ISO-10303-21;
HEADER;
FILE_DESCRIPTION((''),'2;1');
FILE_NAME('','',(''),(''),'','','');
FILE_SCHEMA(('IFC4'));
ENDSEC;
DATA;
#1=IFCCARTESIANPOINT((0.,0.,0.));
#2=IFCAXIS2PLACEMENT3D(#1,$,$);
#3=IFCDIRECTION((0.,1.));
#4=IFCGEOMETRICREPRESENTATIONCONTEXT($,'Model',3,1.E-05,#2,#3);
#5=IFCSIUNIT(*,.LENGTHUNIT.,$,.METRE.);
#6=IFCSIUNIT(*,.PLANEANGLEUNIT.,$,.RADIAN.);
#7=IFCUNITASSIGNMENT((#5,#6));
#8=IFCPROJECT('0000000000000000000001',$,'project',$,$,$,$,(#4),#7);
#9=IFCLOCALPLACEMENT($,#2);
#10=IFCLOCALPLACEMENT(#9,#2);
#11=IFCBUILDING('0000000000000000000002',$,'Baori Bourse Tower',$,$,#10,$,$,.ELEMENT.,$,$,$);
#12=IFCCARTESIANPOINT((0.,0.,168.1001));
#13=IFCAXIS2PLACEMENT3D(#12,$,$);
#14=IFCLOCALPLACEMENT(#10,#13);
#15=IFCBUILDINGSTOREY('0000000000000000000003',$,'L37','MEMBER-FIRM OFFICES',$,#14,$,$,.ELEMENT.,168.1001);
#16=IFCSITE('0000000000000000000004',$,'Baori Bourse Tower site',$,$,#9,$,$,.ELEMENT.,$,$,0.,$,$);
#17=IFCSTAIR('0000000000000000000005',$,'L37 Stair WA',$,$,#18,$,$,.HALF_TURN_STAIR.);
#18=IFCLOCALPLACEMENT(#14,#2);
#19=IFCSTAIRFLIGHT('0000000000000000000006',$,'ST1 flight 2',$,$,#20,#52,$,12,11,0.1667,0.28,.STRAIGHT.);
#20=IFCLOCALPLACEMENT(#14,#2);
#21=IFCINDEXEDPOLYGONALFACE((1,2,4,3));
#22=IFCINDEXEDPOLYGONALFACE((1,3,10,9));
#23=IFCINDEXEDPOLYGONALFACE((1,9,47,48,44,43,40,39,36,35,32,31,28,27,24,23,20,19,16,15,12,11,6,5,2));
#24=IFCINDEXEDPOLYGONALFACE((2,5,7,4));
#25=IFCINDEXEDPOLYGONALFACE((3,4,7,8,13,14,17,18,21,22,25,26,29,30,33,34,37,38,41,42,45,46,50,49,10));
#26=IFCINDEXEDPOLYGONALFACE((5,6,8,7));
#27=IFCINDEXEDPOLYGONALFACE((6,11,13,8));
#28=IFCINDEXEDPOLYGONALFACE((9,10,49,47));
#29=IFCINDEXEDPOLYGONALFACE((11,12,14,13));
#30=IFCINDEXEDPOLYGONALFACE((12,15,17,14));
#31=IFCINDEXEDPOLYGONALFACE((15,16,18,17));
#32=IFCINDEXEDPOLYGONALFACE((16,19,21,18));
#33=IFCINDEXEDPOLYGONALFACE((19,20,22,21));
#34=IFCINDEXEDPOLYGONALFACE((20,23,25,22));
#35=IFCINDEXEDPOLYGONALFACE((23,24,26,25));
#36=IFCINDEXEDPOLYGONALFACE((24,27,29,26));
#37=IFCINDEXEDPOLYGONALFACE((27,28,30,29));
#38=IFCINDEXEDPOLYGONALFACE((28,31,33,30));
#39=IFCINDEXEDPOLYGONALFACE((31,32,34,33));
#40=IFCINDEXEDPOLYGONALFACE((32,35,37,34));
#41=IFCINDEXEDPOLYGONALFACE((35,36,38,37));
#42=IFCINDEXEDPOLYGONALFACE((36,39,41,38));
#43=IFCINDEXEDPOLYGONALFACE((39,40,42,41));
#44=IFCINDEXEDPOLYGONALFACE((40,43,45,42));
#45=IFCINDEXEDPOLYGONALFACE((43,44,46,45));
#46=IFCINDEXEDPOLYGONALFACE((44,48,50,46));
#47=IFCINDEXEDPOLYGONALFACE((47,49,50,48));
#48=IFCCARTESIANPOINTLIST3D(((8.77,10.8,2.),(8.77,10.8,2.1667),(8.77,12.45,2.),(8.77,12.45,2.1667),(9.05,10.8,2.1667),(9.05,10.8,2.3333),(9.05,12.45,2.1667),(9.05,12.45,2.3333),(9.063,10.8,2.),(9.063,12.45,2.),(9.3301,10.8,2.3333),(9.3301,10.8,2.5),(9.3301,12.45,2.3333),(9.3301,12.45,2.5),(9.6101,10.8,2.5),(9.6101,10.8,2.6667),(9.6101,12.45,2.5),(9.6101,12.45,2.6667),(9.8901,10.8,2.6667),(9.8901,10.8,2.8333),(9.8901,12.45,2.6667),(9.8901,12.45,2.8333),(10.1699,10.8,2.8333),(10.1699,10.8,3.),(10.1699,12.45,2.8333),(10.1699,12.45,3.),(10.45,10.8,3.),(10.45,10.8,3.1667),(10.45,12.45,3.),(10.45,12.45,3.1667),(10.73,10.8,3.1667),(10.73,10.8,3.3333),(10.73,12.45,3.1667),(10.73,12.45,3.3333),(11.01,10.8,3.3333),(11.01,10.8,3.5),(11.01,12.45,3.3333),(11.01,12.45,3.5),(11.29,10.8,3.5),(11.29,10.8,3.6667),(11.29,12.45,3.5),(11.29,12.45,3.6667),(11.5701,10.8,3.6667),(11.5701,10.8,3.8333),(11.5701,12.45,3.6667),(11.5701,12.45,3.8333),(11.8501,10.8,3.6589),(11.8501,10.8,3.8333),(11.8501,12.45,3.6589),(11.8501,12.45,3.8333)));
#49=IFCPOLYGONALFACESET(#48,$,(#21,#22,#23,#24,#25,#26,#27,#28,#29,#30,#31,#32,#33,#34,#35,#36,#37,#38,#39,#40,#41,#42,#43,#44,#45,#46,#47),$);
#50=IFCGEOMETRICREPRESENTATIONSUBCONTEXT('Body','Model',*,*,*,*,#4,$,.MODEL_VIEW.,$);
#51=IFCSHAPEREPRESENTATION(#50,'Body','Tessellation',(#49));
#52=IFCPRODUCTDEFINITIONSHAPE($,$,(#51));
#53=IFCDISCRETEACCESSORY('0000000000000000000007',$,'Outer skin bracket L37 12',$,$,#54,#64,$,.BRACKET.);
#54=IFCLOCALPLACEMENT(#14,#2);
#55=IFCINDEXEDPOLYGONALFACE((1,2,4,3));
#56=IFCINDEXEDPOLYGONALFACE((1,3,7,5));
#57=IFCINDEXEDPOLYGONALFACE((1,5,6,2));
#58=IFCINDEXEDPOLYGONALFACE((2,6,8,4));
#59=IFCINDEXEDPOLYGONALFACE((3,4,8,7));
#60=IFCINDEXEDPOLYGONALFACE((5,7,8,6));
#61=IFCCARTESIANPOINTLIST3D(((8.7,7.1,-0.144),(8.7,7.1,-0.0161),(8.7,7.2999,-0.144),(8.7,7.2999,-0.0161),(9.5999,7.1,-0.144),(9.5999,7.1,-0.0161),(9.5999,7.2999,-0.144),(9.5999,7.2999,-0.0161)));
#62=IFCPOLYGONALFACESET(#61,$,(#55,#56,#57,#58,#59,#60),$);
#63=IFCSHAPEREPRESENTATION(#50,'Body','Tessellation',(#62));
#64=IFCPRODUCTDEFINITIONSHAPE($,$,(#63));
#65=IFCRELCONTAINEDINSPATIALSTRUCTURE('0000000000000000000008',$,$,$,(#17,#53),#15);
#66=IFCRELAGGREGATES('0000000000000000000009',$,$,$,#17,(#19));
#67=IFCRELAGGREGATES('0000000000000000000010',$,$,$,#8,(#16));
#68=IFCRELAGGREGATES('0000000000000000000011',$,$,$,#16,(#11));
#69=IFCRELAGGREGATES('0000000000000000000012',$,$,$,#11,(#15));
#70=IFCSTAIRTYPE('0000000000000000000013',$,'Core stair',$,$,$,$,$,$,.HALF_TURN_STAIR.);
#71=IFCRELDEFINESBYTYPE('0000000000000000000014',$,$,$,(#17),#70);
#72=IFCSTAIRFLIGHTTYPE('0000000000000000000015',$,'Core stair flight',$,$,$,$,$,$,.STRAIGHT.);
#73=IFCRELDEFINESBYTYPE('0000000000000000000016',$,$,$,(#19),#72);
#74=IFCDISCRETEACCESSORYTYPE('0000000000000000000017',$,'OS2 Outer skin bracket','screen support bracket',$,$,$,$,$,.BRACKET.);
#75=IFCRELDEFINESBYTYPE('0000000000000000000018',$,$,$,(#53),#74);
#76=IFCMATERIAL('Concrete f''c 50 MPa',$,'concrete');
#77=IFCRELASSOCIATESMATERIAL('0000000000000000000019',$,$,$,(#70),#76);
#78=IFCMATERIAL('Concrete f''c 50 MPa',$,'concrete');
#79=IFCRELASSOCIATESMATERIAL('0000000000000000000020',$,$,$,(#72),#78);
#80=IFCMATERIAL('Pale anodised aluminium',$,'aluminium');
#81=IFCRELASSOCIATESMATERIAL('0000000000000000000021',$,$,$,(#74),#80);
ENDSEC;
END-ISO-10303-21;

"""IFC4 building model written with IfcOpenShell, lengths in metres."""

from ifc_helpers import new_model, si_unit, direction, frame, origin, origin_2d, place, context, subcontext, project, spatial, polyline, rectangle, outline, extrude, material, type_object, element, aggregate, save


model = new_model("IFC4")

# Units and contexts
model_context = context("Model", 3, precision=1e-05, world=origin(), true_north=direction((0.0, 1.0)))
body_context = subcontext(model_context, "Body", "Model", "MODEL_VIEW")
ifc_project = project(units=[si_unit("LENGTHUNIT", "METRE"), si_unit("PLANEANGLEUNIT", "RADIAN")], contexts=[model_context])

# Site, building, storey
site_placement = place(None, origin())
site = spatial("IfcSite", under=ifc_project, at=site_placement, Name="Baori Bourse Tower site", CompositionType="ELEMENT", RefElevation=0.0)
building_placement = place(site_placement, origin())
building = spatial("IfcBuilding", under=site, at=building_placement, Name="Baori Bourse Tower", CompositionType="ELEMENT")
storey_placement = place(building_placement, frame((0.0, 0.0, 168.1001)))
storey = spatial("IfcBuildingStorey", under=building, at=storey_placement, Name="L37", Description="MEMBER-FIRM OFFICES", CompositionType="ELEMENT", Elevation=168.1001)

# Stair, stair flight
ifc_material_1 = material(Name="Concrete f'c 50 MPa", Category="concrete")
stair_type = type_object("IfcStairType", Name="Core stair", PredefinedType="HALF_TURN_STAIR", material=ifc_material_1)
stair_placement = place(storey_placement, origin())
stair = element("IfcStair", 1, at=stair_placement, inside=storey, type_object=stair_type, Name="L37 Stair WA", PredefinedType="HALF_TURN_STAIR")
ifc_material_2 = material(Name="Concrete f'c 50 MPa", Category="concrete")
stair_flight_type = type_object("IfcStairFlightType", Name="Core stair flight", PredefinedType="STRAIGHT", material=ifc_material_2)
stair_flight_1_placement = place(storey_placement, frame((8.77, 11.625, 2.0), z_axis=(0.0, 0.0, 1.0), x_axis=(1.0, 0.0, 0.0)))
stair_flight_1 = element("IfcStairFlight", 2, at=stair_flight_1_placement, type_object=stair_flight_type, Name="ST1 flight 2", NumberOfRisers=12, NumberOfTreads=11, PredefinedType="STRAIGHT", RiserHeight=0.1667, TreadLength=0.28, context=body_context, shape_type="SweptSolid", body=[
    extrude(outline(polyline([(0.0, 0.0), (0.0, 0.1667), (0.28, 0.1667), (0.28, 0.3333), (0.5601, 0.3333), (0.5601, 0.5), (0.8401, 0.5), (0.8401, 0.6667), (1.1201, 0.6667), (1.1201, 0.8333), (1.3999, 0.8333), (1.3999, 1.0), (1.6799, 1.0), (1.6799, 1.1667), (1.96, 1.1667), (1.96, 1.3333), (2.24, 1.3333), (2.24, 1.5), (2.52, 1.5), (2.52, 1.6667), (2.8, 1.6667), (2.8, 1.8333), (3.0801, 1.8333), (3.0801, 2.0), (3.0801, 1.6589), (0.293, 0.0), (0.0, 0.0)])), frame((0.0, 0.825, 0.0), z_axis=(0.0, -1.0, 0.0), x_axis=(1.0, 0.0, 0.0)), (0.0, 0.0, 1.0), 1.6499),
])
aggregate(stair, [stair_flight_1])

# Discrete accessory
ifc_material_3 = material(Name="Pale anodised aluminium", Category="aluminium")
discrete_accessory_type = type_object("IfcDiscreteAccessoryType", Name="OS2 Outer skin bracket", Description="screen support bracket", PredefinedType="BRACKET", material=ifc_material_3)
discrete_accessory_placement = place(storey_placement, frame((9.1499, 7.2, -0.144), z_axis=(0.0, 0.0, 1.0), x_axis=(0.0, -1.0, 0.0)))
element("IfcDiscreteAccessory", 3, at=discrete_accessory_placement, inside=storey, type_object=discrete_accessory_type, Name="Outer skin bracket L37 12", PredefinedType="BRACKET", context=body_context, shape_type="SweptSolid", body=[
    extrude(rectangle(XDim=0.2, YDim=0.8999, at=origin_2d()), origin(), (0.0, 0.0, 1.0), 0.1279),
])

save(model, "model.ifc")
